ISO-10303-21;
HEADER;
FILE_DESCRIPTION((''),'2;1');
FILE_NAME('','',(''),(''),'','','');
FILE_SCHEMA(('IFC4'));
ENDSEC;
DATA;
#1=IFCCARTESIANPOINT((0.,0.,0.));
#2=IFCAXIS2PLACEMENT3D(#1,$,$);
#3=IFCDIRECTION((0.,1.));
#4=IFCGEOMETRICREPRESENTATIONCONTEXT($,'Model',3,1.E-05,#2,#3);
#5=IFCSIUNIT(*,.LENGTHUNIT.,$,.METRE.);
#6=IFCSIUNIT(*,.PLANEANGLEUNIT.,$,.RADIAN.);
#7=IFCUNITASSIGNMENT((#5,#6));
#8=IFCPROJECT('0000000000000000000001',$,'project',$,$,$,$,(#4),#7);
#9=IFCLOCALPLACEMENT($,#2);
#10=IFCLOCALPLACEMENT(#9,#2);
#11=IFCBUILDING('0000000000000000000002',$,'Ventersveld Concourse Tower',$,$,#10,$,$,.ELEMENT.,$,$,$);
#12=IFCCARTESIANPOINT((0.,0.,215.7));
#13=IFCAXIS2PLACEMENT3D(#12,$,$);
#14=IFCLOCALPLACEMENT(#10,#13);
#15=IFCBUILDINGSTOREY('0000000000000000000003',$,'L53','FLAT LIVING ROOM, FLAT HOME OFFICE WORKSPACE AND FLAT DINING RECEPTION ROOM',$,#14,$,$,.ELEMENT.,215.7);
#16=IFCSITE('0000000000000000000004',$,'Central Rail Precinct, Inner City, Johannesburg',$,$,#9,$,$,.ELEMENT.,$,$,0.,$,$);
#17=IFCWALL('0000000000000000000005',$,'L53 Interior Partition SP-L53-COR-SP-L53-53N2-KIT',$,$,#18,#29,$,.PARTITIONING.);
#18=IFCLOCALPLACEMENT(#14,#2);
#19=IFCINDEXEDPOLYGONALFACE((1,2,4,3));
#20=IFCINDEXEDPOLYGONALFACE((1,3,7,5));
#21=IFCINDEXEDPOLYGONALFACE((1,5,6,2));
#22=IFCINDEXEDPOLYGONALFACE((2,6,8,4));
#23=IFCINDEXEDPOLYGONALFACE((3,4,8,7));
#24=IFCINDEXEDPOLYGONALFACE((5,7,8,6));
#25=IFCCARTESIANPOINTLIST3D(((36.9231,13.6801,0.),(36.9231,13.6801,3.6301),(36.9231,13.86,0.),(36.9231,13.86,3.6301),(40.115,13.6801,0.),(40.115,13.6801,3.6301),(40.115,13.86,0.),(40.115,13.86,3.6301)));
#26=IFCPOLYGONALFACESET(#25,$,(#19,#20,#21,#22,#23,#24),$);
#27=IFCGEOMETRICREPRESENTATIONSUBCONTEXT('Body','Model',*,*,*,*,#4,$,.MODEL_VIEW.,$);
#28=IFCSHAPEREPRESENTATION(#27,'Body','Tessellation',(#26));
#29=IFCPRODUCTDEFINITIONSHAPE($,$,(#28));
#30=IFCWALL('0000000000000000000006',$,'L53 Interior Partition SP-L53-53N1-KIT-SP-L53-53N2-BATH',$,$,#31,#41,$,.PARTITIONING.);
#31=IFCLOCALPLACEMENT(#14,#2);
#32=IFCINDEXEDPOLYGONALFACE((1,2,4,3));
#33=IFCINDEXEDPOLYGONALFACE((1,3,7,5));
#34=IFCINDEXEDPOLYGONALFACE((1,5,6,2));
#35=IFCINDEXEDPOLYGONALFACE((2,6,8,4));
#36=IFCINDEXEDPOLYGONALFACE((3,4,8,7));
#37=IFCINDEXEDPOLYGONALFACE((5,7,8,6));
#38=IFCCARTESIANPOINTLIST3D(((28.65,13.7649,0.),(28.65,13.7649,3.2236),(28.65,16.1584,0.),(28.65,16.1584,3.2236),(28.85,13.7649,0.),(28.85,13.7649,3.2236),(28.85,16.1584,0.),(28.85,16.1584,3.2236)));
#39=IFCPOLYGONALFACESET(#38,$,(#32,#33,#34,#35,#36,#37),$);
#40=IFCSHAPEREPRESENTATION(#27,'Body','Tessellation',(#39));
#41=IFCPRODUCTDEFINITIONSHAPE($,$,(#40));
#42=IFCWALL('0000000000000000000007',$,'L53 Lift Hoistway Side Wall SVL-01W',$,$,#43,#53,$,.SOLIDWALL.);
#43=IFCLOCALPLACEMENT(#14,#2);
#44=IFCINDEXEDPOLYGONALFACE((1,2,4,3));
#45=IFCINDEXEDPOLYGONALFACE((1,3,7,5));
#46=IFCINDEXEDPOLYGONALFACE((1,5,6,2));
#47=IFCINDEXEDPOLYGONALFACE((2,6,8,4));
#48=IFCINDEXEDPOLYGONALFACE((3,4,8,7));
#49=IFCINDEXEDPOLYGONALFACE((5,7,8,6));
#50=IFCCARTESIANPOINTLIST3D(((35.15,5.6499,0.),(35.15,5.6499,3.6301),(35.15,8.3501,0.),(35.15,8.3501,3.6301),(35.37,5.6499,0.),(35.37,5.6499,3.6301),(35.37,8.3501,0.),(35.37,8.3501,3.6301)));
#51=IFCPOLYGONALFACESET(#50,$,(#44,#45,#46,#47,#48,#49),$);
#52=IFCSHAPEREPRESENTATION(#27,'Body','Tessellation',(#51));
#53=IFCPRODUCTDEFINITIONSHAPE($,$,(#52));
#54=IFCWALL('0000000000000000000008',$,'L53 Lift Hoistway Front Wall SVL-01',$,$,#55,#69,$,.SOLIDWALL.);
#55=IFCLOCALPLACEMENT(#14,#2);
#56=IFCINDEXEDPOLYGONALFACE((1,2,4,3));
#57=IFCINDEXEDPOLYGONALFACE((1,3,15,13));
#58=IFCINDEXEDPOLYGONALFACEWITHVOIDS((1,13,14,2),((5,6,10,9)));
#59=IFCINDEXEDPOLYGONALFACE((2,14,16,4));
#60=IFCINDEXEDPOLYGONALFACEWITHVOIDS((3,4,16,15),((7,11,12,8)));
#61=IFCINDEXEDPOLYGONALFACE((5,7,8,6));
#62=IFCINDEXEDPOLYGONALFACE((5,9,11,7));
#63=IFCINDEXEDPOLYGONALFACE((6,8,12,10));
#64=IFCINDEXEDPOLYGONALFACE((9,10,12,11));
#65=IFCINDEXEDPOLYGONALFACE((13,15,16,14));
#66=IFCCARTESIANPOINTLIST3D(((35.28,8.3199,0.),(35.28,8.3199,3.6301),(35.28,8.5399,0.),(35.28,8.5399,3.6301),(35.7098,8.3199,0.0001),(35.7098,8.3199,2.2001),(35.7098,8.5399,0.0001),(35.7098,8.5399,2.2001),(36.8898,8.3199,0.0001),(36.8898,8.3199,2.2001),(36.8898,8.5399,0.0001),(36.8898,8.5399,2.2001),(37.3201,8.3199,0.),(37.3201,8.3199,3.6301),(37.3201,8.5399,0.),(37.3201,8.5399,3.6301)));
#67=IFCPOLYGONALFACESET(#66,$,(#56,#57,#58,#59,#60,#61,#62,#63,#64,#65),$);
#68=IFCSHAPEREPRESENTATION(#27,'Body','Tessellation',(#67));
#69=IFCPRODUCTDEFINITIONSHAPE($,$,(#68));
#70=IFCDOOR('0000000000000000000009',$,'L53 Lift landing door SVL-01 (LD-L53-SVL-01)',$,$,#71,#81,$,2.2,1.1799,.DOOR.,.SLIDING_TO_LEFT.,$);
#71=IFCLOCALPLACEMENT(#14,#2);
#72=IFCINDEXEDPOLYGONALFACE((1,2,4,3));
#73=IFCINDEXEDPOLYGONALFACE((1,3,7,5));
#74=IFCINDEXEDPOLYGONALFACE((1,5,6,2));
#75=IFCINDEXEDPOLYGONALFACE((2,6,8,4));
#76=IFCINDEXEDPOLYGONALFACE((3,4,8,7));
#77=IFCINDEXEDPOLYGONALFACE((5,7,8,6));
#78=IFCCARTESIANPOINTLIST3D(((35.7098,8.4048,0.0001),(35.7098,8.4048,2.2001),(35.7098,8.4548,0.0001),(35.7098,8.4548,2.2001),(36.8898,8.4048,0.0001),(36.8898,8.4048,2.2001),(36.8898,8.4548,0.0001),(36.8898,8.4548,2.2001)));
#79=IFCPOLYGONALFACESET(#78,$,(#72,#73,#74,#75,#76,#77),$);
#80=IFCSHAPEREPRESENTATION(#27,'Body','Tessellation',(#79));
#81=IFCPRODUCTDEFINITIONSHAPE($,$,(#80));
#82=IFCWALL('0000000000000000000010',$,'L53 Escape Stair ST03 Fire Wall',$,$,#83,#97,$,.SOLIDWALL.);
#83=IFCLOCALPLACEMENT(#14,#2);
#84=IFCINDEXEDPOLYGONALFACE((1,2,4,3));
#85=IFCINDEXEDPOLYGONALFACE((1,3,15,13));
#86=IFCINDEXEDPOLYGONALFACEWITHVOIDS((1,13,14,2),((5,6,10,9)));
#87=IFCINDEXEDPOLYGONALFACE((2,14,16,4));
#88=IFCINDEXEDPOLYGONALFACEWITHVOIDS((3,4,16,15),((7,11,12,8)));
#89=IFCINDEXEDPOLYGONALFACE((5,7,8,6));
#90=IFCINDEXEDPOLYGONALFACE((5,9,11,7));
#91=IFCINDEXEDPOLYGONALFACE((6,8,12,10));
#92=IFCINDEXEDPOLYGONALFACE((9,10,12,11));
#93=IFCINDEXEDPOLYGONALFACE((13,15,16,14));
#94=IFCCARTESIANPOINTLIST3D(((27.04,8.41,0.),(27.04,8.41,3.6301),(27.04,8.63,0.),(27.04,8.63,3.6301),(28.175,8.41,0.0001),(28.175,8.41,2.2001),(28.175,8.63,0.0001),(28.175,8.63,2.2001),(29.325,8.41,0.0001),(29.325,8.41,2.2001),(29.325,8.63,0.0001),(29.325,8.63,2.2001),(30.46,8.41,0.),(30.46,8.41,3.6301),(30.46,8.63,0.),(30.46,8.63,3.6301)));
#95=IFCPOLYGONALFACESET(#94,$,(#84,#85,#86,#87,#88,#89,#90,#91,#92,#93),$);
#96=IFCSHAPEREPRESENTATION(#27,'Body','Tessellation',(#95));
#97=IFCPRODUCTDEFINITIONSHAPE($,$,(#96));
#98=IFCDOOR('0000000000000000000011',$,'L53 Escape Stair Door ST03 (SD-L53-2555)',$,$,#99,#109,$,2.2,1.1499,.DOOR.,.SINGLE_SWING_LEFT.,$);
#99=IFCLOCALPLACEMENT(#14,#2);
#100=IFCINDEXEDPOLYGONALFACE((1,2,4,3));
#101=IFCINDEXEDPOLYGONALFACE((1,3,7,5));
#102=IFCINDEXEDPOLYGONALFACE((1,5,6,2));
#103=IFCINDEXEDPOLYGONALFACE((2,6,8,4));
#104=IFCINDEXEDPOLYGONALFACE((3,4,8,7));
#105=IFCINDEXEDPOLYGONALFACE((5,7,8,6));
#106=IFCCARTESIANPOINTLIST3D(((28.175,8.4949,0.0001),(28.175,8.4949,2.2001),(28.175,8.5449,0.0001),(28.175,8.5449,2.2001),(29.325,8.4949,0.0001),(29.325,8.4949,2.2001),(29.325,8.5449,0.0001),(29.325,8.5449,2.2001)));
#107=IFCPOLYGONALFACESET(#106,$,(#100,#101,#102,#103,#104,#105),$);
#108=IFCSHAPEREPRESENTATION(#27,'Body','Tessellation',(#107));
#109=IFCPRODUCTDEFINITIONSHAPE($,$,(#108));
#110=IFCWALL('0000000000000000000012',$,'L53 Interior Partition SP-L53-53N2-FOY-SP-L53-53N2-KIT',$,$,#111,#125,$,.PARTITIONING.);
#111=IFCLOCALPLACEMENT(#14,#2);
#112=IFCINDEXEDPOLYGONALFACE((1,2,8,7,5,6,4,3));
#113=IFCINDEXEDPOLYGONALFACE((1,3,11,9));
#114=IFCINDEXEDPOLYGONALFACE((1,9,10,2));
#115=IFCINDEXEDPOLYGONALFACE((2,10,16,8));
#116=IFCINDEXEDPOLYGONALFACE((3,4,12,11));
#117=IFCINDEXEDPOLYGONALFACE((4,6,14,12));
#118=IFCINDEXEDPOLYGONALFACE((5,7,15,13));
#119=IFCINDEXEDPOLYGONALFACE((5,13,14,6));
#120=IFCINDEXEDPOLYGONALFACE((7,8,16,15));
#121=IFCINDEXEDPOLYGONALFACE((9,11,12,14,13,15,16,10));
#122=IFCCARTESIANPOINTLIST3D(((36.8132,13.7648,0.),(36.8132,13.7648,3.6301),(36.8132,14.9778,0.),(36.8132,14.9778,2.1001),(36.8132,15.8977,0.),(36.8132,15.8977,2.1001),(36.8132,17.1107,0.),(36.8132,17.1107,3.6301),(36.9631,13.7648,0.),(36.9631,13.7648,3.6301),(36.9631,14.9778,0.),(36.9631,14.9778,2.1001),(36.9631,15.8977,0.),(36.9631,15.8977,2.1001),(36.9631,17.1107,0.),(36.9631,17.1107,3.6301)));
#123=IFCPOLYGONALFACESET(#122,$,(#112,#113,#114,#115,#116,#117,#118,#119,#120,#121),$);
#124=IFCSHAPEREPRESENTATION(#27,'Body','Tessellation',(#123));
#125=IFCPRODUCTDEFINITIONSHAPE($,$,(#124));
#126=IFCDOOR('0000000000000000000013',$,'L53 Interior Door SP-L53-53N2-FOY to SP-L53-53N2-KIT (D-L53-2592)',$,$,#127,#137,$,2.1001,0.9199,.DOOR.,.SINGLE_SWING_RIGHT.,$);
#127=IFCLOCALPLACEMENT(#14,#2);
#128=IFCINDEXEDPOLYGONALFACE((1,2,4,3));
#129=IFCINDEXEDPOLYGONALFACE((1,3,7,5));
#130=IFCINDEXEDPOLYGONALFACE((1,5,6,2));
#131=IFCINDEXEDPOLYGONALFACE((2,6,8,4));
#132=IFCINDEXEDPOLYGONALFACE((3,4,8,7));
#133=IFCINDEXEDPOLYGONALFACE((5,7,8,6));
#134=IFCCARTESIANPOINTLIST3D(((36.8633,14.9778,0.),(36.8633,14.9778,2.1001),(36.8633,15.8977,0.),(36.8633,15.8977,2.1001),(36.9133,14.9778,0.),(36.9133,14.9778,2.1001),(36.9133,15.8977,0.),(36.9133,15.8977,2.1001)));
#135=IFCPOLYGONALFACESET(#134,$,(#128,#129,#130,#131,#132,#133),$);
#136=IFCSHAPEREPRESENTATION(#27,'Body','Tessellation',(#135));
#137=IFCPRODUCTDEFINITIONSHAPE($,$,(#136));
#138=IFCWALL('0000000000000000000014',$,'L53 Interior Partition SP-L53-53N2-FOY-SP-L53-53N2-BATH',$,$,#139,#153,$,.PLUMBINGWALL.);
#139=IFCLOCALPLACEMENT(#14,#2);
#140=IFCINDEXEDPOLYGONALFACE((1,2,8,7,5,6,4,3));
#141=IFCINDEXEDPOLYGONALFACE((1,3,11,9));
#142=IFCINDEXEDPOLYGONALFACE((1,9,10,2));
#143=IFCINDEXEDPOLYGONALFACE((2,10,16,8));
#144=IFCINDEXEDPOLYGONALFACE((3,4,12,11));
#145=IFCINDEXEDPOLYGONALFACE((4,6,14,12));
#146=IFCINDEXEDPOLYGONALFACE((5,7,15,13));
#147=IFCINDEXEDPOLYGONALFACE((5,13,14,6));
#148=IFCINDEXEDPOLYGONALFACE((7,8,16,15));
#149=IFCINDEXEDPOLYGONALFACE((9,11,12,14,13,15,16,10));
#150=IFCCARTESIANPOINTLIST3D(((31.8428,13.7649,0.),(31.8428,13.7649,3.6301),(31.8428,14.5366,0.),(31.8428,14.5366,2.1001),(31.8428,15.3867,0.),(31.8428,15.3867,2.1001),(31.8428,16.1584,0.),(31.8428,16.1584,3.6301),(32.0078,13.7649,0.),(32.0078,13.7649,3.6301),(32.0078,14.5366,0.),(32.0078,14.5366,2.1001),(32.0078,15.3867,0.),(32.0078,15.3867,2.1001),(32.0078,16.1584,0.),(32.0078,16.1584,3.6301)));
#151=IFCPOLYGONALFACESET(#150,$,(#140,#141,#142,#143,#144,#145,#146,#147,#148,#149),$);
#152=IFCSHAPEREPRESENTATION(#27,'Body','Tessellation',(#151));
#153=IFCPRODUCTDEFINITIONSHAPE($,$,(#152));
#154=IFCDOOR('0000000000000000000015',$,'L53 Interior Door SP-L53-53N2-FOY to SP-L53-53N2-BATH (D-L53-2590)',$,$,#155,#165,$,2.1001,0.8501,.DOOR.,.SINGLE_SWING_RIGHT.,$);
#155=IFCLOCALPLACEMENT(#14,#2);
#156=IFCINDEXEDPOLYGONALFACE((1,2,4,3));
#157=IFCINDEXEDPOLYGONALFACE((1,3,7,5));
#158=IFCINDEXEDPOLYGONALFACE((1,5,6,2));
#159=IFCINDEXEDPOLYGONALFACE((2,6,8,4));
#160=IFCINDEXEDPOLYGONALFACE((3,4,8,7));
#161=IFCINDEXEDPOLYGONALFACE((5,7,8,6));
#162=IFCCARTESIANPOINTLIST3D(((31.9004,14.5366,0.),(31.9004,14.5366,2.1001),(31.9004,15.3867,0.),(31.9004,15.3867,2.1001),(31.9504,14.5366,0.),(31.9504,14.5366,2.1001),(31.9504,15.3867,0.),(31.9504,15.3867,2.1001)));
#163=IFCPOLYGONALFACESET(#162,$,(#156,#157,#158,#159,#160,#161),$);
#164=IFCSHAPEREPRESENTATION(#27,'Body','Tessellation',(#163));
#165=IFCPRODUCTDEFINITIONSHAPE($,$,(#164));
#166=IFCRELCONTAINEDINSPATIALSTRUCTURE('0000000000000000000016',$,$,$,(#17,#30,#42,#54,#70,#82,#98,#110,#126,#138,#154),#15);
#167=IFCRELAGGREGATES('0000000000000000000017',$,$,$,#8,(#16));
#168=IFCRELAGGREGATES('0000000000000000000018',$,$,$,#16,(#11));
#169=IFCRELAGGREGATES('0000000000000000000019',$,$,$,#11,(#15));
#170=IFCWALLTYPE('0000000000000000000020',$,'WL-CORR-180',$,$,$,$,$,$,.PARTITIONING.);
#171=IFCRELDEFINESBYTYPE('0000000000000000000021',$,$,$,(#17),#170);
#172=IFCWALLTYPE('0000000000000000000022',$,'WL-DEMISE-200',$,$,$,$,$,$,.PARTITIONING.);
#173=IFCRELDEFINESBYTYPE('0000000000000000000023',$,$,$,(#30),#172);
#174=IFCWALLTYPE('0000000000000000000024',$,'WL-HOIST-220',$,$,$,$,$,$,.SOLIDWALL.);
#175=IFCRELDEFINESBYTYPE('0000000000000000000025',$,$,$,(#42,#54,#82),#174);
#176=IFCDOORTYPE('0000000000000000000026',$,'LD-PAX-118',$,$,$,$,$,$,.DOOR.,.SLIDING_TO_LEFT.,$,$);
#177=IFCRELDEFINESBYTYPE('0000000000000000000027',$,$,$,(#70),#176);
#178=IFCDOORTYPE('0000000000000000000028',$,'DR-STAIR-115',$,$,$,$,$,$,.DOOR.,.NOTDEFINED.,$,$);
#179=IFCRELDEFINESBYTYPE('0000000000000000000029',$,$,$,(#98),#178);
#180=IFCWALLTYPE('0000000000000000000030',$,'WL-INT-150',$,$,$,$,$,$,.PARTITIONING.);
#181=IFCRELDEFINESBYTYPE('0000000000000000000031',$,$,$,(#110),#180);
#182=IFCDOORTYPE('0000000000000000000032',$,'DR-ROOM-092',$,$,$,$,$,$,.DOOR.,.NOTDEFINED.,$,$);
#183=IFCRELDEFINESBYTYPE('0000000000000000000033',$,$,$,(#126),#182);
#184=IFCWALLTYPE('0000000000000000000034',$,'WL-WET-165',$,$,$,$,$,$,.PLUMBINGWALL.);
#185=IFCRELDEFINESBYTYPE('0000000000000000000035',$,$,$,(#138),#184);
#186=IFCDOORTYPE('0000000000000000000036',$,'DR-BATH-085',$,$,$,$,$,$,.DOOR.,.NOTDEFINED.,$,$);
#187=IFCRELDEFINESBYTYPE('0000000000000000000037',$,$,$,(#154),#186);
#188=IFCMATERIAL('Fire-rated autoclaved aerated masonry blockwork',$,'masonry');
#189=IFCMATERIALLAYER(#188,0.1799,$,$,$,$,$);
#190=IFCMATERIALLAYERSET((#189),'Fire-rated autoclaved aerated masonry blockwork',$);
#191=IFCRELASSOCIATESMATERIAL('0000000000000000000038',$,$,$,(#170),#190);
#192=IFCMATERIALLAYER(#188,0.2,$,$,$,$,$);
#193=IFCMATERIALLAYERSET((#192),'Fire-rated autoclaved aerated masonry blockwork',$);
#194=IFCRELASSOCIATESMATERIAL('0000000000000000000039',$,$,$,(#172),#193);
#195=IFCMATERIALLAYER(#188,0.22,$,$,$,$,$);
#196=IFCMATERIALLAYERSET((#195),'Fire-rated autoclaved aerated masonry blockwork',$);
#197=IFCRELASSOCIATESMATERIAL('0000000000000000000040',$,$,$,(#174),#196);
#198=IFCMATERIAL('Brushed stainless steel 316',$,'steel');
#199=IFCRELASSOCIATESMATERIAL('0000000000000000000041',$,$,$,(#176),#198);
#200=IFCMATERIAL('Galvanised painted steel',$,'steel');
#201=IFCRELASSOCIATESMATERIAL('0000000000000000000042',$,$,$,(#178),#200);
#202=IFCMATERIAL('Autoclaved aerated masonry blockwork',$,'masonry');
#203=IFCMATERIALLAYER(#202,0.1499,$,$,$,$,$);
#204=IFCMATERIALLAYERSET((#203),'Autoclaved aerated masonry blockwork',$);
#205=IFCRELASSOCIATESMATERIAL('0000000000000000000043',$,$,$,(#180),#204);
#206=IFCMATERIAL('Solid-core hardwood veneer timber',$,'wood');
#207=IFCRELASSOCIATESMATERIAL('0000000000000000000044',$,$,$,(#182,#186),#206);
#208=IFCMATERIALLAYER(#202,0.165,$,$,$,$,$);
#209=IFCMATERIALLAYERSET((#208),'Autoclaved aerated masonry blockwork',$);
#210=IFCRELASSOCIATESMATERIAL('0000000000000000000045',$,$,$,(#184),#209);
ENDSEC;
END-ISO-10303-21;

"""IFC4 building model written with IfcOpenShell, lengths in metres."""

from ifc_helpers import new_model, si_unit, direction, frame, frame_2d, origin, place, context, subcontext, project, spatial, rectangle, extrude, material, layer, layer_set, type_object, element, fill, save


model = new_model("IFC4")

# Units and contexts
model_context = context("Model", 3, precision=1e-05, world=origin(), true_north=direction((0.0, 1.0)))
body_context = subcontext(model_context, "Body", "Model", "MODEL_VIEW")
ifc_project = project(units=[si_unit("LENGTHUNIT", "METRE"), si_unit("PLANEANGLEUNIT", "RADIAN")], contexts=[model_context])

# Site, building, storey
site_placement = place(None, origin())
site = spatial("IfcSite", under=ifc_project, at=site_placement, Name="Central Rail Precinct, Inner City, Johannesburg", CompositionType="ELEMENT", RefElevation=0.0)
building_placement = place(site_placement, origin())
building = spatial("IfcBuilding", under=site, at=building_placement, Name="Ventersveld Concourse Tower", CompositionType="ELEMENT")
storey_placement = place(building_placement, frame((0.0, 0.0, 215.7)))
storey = spatial("IfcBuildingStorey", under=building, at=storey_placement, Name="L53", Description="FLAT LIVING ROOM, FLAT HOME OFFICE WORKSPACE AND FLAT DINING RECEPTION ROOM", CompositionType="ELEMENT", Elevation=215.7)

# Shared definitions
ifc_material_1 = material(Name="Fire-rated autoclaved aerated masonry blockwork", Category="masonry")
ifc_layer_1 = layer(ifc_material_1, 0.1799)
ifc_layer_set_1 = layer_set([ifc_layer_1], Name="Fire-rated autoclaved aerated masonry blockwork")
wall_type_1 = type_object("IfcWallType", Name="WL-CORR-180", PredefinedType="PARTITIONING", material=ifc_layer_set_1)
ifc_material_2 = material(Name="Galvanised painted steel", Category="steel")

# Shared definitions
ifc_material_3 = material(Name="Solid-core hardwood veneer timber", Category="wood")

# Walls
wall_1_placement = place(storey_placement, frame((36.9231, 13.77, 0.0), z_axis=(0.0, 0.0, 1.0), x_axis=(1.0, 0.0, 0.0)))
element("IfcWall", 1, at=wall_1_placement, inside=storey, type_object=wall_type_1, Name="L53 Interior Partition SP-L53-COR-SP-L53-53N2-KIT", PredefinedType="PARTITIONING", context=body_context, shape_type="SweptSolid", body=[
    extrude(rectangle(XDim=3.1919, YDim=0.1799, at=frame_2d((1.5959, 0.0))), origin(), (0.0, 0.0, 1.0), 3.6301),
])
ifc_layer_2 = layer(ifc_material_1, 0.2)
ifc_layer_set_2 = layer_set([ifc_layer_2], Name="Fire-rated autoclaved aerated masonry blockwork")
wall_type_2 = type_object("IfcWallType", Name="WL-DEMISE-200", PredefinedType="PARTITIONING", material=ifc_layer_set_2)
wall_2_placement = place(storey_placement, frame((28.75, 13.7649, 0.0), z_axis=(0.0, 0.0, 1.0), x_axis=(0.0, 1.0, 0.0)))
element("IfcWall", 2, at=wall_2_placement, inside=storey, type_object=wall_type_2, Name="L53 Interior Partition SP-L53-53N1-KIT-SP-L53-53N2-BATH", PredefinedType="PARTITIONING", context=body_context, shape_type="SweptSolid", body=[
    extrude(rectangle(XDim=2.3936, YDim=0.2, at=frame_2d((1.1968, 0.0))), origin(), (0.0, 0.0, 1.0), 3.2236),
])
ifc_layer_3 = layer(ifc_material_1, 0.22)
ifc_layer_set_3 = layer_set([ifc_layer_3], Name="Fire-rated autoclaved aerated masonry blockwork")
wall_type_3 = type_object("IfcWallType", Name="WL-HOIST-220", PredefinedType="SOLIDWALL", material=ifc_layer_set_3)
wall_3_placement = place(storey_placement, frame((35.26, 5.6499, 0.0), z_axis=(0.0, 0.0, 1.0), x_axis=(0.0, 1.0, 0.0)))
element("IfcWall", 3, at=wall_3_placement, inside=storey, type_object=wall_type_3, Name="L53 Lift Hoistway Side Wall SVL-01W", PredefinedType="SOLIDWALL", context=body_context, shape_type="SweptSolid", body=[
    extrude(rectangle(XDim=2.7002, YDim=0.22, at=frame_2d((1.3501, 0.0))), origin(), (0.0, 0.0, 1.0), 3.6301),
])

# Walls, openings, doors
wall_4_placement = place(storey_placement, frame((35.28, 8.4299, 0.0), z_axis=(0.0, 0.0, 1.0), x_axis=(1.0, 0.0, 0.0)))
wall_4 = element("IfcWall", 4, at=wall_4_placement, inside=storey, type_object=wall_type_3, Name="L53 Lift Hoistway Front Wall SVL-01", PredefinedType="SOLIDWALL", context=body_context, shape_type="SweptSolid", body=[
    extrude(rectangle(XDim=2.04, YDim=0.22, at=frame_2d((1.02, 0.0))), origin(), (0.0, 0.0, 1.0), 3.6301),
])
opening_1_placement = place(wall_4_placement, frame((0.4299, 0.0, 0.0)))
opening_1 = element("IfcOpeningElement", 5, at=opening_1_placement, cuts=wall_4, PredefinedType="OPENING", context=body_context, shape_type="SweptSolid", body=[
    extrude(rectangle(XDim=1.1799, YDim=2.2, at=frame_2d((0.5898, 1.1001))), frame((0.0, 0.1201, 0.0), z_axis=(0.0, -1.0, 0.0), x_axis=(1.0, 0.0, 0.0)), (0.0, 0.0, 1.0), 0.24),
])
ifc_material_4 = material(Name="Brushed stainless steel 316", Category="steel")
door_type_1 = type_object("IfcDoorType", Name="LD-PAX-118", OperationType="SLIDING_TO_LEFT", PredefinedType="DOOR", material=ifc_material_4)
door_1_placement = place(opening_1_placement, origin())
door_1 = element("IfcDoor", 6, at=door_1_placement, inside=storey, type_object=door_type_1, Name="L53 Lift landing door SVL-01 (LD-L53-SVL-01)", OperationType="SLIDING_TO_LEFT", OverallHeight=2.2, OverallWidth=1.1799, PredefinedType="DOOR", context=body_context, shape_type="SweptSolid", body=[
    extrude(rectangle(XDim=1.1799, YDim=2.2, at=frame_2d((0.5898, 1.1001))), frame((0.0, 0.0249, 0.0), z_axis=(0.0, -1.0, 0.0), x_axis=(1.0, 0.0, 0.0)), (0.0, 0.0, 1.0), 0.05),
])
fill(opening_1, door_1)
wall_5_placement = place(storey_placement, frame((27.04, 8.52, 0.0), z_axis=(0.0, 0.0, 1.0), x_axis=(1.0, 0.0, 0.0)))
wall_5 = element("IfcWall", 7, at=wall_5_placement, inside=storey, type_object=wall_type_3, Name="L53 Escape Stair ST03 Fire Wall", PredefinedType="SOLIDWALL", context=body_context, shape_type="SweptSolid", body=[
    extrude(rectangle(XDim=3.4199, YDim=0.22, at=frame_2d((1.71, 0.0))), origin(), (0.0, 0.0, 1.0), 3.6301),
])
opening_2_placement = place(wall_5_placement, frame((1.135, 0.0, 0.0)))
opening_2 = element("IfcOpeningElement", 8, at=opening_2_placement, cuts=wall_5, PredefinedType="OPENING", context=body_context, shape_type="SweptSolid", body=[
    extrude(rectangle(XDim=1.1499, YDim=2.2, at=frame_2d((0.575, 1.1001))), frame((0.0, 0.1201, 0.0), z_axis=(0.0, -1.0, 0.0), x_axis=(1.0, 0.0, 0.0)), (0.0, 0.0, 1.0), 0.24),
])
door_type_2 = type_object("IfcDoorType", Name="DR-STAIR-115", OperationType="NOTDEFINED", PredefinedType="DOOR", material=ifc_material_2)
door_2_placement = place(opening_2_placement, origin())
door_2 = element("IfcDoor", 9, at=door_2_placement, inside=storey, type_object=door_type_2, Name="L53 Escape Stair Door ST03 (SD-L53-2555)", OperationType="SINGLE_SWING_LEFT", OverallHeight=2.2, OverallWidth=1.1499, PredefinedType="DOOR", context=body_context, shape_type="SweptSolid", body=[
    extrude(rectangle(XDim=1.1499, YDim=2.2, at=frame_2d((0.575, 1.1001))), frame((0.0, 0.0249, 0.0), z_axis=(0.0, -1.0, 0.0), x_axis=(1.0, 0.0, 0.0)), (0.0, 0.0, 1.0), 0.05),
])
fill(opening_2, door_2)
ifc_material_5 = material(Name="Autoclaved aerated masonry blockwork", Category="masonry")
ifc_layer_4 = layer(ifc_material_5, 0.1499)
ifc_layer_set_4 = layer_set([ifc_layer_4], Name="Autoclaved aerated masonry blockwork")
wall_type_4 = type_object("IfcWallType", Name="WL-INT-150", PredefinedType="PARTITIONING", material=ifc_layer_set_4)
wall_6_placement = place(storey_placement, frame((36.8882, 13.7649, 0.0), z_axis=(0.0, 0.0, 1.0), x_axis=(0.0, 1.0, 0.0)))
wall_6 = element("IfcWall", 10, at=wall_6_placement, inside=storey, type_object=wall_type_4, Name="L53 Interior Partition SP-L53-53N2-FOY-SP-L53-53N2-KIT", PredefinedType="PARTITIONING", context=body_context, shape_type="SweptSolid", body=[
    extrude(rectangle(XDim=3.3459, YDim=0.1499, at=frame_2d((1.6729, 0.0))), origin(), (0.0, 0.0, 1.0), 3.6301),
])
opening_3_placement = place(wall_6_placement, frame((1.2129, 0.0, 0.0)))
opening_3 = element("IfcOpeningElement", 11, at=opening_3_placement, cuts=wall_6, PredefinedType="OPENING", context=body_context, shape_type="SweptSolid", body=[
    extrude(rectangle(XDim=0.9199, YDim=2.1001, at=frame_2d((0.46, 1.05))), frame((0.0, 0.085, 0.0), z_axis=(0.0, -1.0, 0.0), x_axis=(1.0, 0.0, 0.0)), (0.0, 0.0, 1.0), 0.1699),
])
door_type_3 = type_object("IfcDoorType", Name="DR-ROOM-092", OperationType="NOTDEFINED", PredefinedType="DOOR", material=ifc_material_3)
door_3_placement = place(opening_3_placement, origin())
door_3 = element("IfcDoor", 12, at=door_3_placement, inside=storey, type_object=door_type_3, Name="L53 Interior Door SP-L53-53N2-FOY to SP-L53-53N2-KIT (D-L53-2592)", OperationType="SINGLE_SWING_RIGHT", OverallHeight=2.1001, OverallWidth=0.9199, PredefinedType="DOOR", context=body_context, shape_type="SweptSolid", body=[
    extrude(rectangle(XDim=0.9199, YDim=2.1001, at=frame_2d((0.46, 1.05))), frame((0.0, 0.0249, 0.0), z_axis=(0.0, -1.0, 0.0), x_axis=(1.0, 0.0, 0.0)), (0.0, 0.0, 1.0), 0.05),
])
fill(opening_3, door_3)
ifc_layer_5 = layer(ifc_material_5, 0.165)
ifc_layer_set_5 = layer_set([ifc_layer_5], Name="Autoclaved aerated masonry blockwork")
wall_type_5 = type_object("IfcWallType", Name="WL-WET-165", PredefinedType="PLUMBINGWALL", material=ifc_layer_set_5)
wall_7_placement = place(storey_placement, frame((31.9253, 13.7649, 0.0), z_axis=(0.0, 0.0, 1.0), x_axis=(0.0, 1.0, 0.0)))
wall_7 = element("IfcWall", 13, at=wall_7_placement, inside=storey, type_object=wall_type_5, Name="L53 Interior Partition SP-L53-53N2-FOY-SP-L53-53N2-BATH", PredefinedType="PLUMBINGWALL", context=body_context, shape_type="SweptSolid", body=[
    extrude(rectangle(XDim=2.3936, YDim=0.165, at=frame_2d((1.1968, 0.0))), origin(), (0.0, 0.0, 1.0), 3.6301),
])
opening_4_placement = place(wall_7_placement, frame((0.7717, 0.0, 0.0)))
opening_4 = element("IfcOpeningElement", 14, at=opening_4_placement, cuts=wall_7, PredefinedType="OPENING", context=body_context, shape_type="SweptSolid", body=[
    extrude(rectangle(XDim=0.8501, YDim=2.1001, at=frame_2d((0.425, 1.05))), frame((0.0, 0.0925, 0.0), z_axis=(0.0, -1.0, 0.0), x_axis=(1.0, 0.0, 0.0)), (0.0, 0.0, 1.0), 0.1851),
])
door_type_4 = type_object("IfcDoorType", Name="DR-BATH-085", OperationType="NOTDEFINED", PredefinedType="DOOR", material=ifc_material_3)
door_4_placement = place(opening_4_placement, origin())
door_4 = element("IfcDoor", 15, at=door_4_placement, inside=storey, type_object=door_type_4, Name="L53 Interior Door SP-L53-53N2-FOY to SP-L53-53N2-BATH (D-L53-2590)", OperationType="SINGLE_SWING_RIGHT", OverallHeight=2.1001, OverallWidth=0.8501, PredefinedType="DOOR", context=body_context, shape_type="SweptSolid", body=[
    extrude(rectangle(XDim=0.8501, YDim=2.1001, at=frame_2d((0.425, 1.05))), frame((0.0, 0.0249, 0.0), z_axis=(0.0, -1.0, 0.0), x_axis=(1.0, 0.0, 0.0)), (0.0, 0.0, 1.0), 0.05),
])
fill(opening_4, door_4)

save(model, "model.ifc")
